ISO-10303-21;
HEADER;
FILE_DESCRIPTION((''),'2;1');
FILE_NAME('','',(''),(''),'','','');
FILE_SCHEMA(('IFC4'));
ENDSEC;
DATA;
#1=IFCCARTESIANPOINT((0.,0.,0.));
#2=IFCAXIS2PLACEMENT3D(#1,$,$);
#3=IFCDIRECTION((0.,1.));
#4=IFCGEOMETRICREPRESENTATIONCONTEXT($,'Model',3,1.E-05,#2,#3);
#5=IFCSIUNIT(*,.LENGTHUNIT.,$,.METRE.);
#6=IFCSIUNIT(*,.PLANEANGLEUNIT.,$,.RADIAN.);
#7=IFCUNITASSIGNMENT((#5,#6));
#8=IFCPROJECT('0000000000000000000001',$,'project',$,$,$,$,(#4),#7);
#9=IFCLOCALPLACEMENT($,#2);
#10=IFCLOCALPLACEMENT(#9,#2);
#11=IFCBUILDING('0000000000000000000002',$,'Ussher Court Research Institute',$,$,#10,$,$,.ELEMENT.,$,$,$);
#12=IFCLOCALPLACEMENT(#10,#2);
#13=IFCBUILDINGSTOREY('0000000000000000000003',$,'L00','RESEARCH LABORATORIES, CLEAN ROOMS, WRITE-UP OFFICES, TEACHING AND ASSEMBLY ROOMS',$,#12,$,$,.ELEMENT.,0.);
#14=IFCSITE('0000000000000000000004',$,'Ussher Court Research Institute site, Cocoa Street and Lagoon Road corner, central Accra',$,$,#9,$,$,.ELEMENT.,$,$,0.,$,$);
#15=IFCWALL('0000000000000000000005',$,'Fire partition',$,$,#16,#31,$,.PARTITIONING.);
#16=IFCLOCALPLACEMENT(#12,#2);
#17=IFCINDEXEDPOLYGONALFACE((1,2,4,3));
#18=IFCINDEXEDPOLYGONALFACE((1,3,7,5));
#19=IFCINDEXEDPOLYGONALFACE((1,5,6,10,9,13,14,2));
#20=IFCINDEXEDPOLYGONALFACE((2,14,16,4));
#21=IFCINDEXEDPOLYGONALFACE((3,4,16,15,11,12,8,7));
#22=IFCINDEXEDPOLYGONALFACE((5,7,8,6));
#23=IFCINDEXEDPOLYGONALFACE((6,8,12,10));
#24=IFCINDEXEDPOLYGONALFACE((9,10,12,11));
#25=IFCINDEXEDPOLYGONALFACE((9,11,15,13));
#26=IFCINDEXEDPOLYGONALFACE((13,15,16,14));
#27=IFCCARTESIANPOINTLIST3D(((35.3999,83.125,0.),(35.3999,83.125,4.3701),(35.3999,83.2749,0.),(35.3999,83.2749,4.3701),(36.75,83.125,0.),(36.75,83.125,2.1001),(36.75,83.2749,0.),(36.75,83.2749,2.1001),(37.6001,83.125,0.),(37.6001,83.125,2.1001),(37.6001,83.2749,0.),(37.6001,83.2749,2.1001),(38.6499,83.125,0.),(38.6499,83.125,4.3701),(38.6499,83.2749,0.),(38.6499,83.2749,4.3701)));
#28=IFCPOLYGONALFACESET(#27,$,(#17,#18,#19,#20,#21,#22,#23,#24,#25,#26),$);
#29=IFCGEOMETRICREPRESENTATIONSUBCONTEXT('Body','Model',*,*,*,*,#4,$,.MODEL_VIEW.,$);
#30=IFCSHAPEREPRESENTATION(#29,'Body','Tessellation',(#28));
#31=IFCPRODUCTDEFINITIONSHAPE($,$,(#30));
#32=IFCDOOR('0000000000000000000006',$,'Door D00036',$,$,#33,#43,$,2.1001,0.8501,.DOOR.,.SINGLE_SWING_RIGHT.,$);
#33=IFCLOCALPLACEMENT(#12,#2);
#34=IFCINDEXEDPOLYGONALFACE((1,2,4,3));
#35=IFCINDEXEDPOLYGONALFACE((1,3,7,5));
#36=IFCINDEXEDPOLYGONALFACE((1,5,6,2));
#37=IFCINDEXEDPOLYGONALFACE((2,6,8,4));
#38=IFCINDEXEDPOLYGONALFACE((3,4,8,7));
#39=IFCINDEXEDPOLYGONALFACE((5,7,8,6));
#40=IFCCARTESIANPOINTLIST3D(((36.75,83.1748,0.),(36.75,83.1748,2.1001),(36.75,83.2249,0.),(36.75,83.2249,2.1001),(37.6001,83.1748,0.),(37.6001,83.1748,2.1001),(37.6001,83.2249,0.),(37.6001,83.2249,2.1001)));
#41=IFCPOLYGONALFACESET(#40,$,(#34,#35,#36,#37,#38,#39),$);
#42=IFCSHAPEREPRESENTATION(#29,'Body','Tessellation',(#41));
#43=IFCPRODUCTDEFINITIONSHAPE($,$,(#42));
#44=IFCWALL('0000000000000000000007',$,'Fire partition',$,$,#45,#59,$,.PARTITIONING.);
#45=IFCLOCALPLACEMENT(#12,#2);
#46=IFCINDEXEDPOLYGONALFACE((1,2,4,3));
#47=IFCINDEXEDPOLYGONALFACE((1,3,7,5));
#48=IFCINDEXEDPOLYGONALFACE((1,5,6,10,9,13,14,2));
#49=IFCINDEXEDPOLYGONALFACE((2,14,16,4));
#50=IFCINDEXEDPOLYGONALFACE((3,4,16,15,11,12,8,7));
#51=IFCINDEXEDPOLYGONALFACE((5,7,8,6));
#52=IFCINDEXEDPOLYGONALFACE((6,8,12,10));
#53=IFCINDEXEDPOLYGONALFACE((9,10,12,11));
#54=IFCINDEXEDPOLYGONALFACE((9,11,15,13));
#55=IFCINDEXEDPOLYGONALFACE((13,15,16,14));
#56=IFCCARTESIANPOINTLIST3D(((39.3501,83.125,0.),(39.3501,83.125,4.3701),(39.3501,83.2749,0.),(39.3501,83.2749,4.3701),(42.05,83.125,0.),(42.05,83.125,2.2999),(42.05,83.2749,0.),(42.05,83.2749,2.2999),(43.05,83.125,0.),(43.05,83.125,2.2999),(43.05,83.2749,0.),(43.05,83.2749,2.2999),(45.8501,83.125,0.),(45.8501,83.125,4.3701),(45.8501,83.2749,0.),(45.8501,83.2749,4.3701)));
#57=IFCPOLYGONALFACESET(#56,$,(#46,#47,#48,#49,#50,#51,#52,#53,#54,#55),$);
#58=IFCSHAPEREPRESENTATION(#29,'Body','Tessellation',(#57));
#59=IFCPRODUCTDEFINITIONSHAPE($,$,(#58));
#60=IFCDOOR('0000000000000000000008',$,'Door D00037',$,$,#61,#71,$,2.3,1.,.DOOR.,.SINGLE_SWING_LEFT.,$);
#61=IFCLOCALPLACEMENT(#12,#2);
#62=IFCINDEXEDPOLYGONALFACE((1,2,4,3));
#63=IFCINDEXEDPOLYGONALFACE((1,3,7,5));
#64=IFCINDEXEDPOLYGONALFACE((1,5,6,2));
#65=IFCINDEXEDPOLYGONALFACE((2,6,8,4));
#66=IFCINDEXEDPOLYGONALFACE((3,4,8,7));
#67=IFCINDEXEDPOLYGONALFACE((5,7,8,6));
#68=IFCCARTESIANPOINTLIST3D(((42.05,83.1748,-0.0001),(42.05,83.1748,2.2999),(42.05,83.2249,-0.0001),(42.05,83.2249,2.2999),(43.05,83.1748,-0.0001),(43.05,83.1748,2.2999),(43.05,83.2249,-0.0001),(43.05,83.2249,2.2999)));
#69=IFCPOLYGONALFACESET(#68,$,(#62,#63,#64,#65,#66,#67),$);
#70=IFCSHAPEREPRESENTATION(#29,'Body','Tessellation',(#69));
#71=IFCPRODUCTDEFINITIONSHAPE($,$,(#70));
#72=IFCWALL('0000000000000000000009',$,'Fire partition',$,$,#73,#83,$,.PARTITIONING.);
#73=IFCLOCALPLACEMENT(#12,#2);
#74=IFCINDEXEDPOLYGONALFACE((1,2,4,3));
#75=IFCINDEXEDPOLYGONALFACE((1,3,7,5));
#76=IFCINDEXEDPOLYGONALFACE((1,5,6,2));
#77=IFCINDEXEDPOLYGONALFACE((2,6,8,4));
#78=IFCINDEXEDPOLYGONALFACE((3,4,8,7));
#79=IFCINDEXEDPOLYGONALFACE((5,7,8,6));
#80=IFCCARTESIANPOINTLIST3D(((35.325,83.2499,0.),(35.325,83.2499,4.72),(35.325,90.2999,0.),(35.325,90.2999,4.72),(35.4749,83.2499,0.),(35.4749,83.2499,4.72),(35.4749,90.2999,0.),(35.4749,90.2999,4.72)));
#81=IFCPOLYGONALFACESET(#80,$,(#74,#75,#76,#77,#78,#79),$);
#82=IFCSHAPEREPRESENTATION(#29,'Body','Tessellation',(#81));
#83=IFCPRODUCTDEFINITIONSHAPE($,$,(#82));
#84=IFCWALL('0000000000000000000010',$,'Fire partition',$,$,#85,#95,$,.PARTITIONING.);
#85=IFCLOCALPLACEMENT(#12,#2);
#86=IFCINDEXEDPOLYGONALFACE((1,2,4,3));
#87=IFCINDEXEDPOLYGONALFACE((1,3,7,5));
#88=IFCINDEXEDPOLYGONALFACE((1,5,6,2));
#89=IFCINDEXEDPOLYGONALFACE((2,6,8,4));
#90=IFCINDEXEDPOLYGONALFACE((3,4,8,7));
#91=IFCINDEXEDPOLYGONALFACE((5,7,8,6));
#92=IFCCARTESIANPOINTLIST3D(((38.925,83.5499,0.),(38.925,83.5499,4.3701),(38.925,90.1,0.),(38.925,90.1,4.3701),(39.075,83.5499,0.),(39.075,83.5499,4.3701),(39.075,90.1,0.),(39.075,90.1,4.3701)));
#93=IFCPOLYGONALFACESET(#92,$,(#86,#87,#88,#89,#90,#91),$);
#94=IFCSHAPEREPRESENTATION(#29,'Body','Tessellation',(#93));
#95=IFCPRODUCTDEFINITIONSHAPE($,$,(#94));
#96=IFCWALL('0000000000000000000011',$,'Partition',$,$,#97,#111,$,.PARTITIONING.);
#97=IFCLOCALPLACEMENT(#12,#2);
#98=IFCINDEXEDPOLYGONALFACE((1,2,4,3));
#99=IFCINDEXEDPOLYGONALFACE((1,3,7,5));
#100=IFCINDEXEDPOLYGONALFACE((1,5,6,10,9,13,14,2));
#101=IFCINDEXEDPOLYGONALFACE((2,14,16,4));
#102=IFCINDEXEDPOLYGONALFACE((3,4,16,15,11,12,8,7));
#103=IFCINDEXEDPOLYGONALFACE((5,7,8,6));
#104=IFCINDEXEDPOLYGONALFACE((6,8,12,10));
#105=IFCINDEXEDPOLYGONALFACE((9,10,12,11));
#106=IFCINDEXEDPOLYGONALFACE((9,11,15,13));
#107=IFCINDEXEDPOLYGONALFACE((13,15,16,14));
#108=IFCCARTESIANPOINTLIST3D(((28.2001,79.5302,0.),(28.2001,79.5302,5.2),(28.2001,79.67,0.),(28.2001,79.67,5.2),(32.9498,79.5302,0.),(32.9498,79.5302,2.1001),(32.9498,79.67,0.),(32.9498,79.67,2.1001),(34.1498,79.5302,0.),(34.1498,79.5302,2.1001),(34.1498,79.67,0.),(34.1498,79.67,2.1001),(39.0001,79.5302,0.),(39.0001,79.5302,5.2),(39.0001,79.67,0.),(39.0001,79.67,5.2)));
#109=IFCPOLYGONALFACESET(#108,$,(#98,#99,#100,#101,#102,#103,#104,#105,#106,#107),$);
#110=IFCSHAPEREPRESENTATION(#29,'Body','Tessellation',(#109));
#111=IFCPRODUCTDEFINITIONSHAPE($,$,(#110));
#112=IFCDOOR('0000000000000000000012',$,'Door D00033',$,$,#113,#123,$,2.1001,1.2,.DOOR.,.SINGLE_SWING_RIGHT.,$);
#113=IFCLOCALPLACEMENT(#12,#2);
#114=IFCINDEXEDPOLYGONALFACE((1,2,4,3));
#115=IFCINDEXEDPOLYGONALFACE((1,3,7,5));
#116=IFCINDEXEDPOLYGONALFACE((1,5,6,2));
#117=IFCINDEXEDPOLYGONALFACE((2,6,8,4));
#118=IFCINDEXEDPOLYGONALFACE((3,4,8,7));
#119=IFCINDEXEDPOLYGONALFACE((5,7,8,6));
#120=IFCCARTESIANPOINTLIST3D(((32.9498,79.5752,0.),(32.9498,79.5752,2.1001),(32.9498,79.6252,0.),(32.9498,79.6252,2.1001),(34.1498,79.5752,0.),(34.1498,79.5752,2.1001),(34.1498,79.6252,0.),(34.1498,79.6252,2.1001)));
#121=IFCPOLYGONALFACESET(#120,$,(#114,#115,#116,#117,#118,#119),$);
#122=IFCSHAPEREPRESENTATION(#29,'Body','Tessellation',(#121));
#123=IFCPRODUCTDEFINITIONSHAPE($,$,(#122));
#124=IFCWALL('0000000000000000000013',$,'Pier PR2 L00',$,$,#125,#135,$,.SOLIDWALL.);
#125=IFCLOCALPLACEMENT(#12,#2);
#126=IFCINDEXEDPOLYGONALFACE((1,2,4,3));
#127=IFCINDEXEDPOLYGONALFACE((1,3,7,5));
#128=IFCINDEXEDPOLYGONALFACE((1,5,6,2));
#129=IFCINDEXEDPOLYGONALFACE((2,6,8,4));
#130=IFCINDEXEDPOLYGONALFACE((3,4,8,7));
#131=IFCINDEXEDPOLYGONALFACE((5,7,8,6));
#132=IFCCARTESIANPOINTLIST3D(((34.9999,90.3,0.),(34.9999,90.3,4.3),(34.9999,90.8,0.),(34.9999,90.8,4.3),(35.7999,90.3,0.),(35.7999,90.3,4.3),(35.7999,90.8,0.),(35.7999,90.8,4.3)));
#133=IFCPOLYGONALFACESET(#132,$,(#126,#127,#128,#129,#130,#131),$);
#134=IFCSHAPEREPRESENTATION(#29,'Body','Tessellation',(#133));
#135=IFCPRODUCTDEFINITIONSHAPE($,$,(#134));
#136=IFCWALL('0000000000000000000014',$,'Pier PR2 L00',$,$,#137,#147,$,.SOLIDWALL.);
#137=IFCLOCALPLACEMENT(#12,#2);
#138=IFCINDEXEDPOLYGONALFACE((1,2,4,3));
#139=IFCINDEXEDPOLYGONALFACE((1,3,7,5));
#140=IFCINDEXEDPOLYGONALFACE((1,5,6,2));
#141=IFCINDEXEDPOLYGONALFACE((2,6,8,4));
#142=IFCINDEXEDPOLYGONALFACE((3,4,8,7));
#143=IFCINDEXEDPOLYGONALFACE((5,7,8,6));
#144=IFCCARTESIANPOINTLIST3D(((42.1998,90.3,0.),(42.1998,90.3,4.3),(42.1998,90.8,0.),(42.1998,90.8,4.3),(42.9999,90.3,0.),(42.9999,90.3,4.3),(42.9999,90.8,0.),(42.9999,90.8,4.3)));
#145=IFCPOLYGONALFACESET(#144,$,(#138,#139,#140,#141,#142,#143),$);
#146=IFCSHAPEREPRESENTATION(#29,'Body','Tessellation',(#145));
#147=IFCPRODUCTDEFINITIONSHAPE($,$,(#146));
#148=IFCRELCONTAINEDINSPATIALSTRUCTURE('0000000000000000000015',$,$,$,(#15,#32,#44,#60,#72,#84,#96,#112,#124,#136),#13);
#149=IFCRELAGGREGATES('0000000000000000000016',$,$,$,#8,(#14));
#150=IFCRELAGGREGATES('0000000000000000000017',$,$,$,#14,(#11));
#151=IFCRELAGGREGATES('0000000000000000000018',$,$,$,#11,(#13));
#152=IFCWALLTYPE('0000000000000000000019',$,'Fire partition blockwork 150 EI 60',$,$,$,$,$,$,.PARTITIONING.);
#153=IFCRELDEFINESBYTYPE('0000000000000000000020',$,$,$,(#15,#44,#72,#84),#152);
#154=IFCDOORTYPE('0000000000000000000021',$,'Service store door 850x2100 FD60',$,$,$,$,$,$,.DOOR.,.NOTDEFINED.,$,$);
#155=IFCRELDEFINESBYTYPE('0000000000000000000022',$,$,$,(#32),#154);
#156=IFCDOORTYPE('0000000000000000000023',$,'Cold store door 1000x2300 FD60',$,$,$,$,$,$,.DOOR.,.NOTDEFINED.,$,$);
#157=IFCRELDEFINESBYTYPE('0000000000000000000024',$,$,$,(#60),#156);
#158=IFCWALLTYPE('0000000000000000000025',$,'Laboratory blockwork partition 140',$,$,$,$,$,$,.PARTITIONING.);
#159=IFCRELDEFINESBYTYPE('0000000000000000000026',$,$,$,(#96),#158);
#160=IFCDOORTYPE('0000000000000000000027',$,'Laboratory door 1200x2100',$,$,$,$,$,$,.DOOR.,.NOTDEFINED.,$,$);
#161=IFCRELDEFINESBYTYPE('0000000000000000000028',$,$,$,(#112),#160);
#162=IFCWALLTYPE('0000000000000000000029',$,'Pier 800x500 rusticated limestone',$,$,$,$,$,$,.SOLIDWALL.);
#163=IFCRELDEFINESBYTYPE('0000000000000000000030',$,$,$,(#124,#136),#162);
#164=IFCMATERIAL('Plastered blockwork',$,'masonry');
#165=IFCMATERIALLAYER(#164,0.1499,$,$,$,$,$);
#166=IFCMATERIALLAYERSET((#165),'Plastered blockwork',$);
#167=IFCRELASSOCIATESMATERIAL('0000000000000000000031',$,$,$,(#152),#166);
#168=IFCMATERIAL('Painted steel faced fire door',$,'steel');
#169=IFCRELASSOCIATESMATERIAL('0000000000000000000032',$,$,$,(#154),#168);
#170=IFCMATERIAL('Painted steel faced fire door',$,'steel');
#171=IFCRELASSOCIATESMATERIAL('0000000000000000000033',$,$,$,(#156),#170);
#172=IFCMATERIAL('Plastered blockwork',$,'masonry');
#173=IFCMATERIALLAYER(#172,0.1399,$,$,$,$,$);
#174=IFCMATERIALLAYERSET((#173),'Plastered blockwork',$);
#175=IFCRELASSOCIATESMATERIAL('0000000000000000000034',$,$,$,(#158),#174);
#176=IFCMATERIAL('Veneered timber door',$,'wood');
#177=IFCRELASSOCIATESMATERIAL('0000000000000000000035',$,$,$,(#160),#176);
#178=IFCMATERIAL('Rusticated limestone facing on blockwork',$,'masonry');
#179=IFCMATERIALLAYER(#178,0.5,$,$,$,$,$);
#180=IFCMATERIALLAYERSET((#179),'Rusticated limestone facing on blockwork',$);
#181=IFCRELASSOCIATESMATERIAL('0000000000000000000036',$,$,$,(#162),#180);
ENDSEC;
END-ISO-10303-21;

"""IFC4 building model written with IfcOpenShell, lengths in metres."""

from ifc_helpers import new_model, si_unit, direction, frame, frame_2d, origin, place, context, subcontext, project, spatial, rectangle, extrude, material, layer, layer_set, type_object, element, fill, save


model = new_model("IFC4")

# Units and contexts
model_context = context("Model", 3, precision=1e-05, world=origin(), true_north=direction((0.0, 1.0)))
body_context = subcontext(model_context, "Body", "Model", "MODEL_VIEW")
ifc_project = project(units=[si_unit("LENGTHUNIT", "METRE"), si_unit("PLANEANGLEUNIT", "RADIAN")], contexts=[model_context])

# Site, building, storey
site_placement = place(None, origin())
site = spatial("IfcSite", under=ifc_project, at=site_placement, Name="Ussher Court Research Institute site, Cocoa Street and Lagoon Road corner, central Accra", CompositionType="ELEMENT", RefElevation=0.0)
building_placement = place(site_placement, origin())
building = spatial("IfcBuilding", under=site, at=building_placement, Name="Ussher Court Research Institute", CompositionType="ELEMENT")
storey_placement = place(building_placement, origin())
storey = spatial("IfcBuildingStorey", under=building, at=storey_placement, Name="L00", Description="RESEARCH LABORATORIES, CLEAN ROOMS, WRITE-UP OFFICES, TEACHING AND ASSEMBLY ROOMS", CompositionType="ELEMENT", Elevation=0.0)

# Walls, openings, doors
ifc_material_1 = material(Name="Plastered blockwork", Category="masonry")
ifc_layer_1 = layer(ifc_material_1, 0.1499)
ifc_layer_set_1 = layer_set([ifc_layer_1], Name="Plastered blockwork")
wall_type_1 = type_object("IfcWallType", Name="Fire partition blockwork 150 EI 60", PredefinedType="PARTITIONING", material=ifc_layer_set_1)
wall_1_placement = place(storey_placement, frame((35.3999, 83.2, 0.0), z_axis=(0.0, 0.0, 1.0), x_axis=(1.0, 0.0, 0.0)))
wall_1 = element("IfcWall", 1, at=wall_1_placement, inside=storey, type_object=wall_type_1, Name="Fire partition", PredefinedType="PARTITIONING", context=body_context, shape_type="SweptSolid", body=[
    extrude(rectangle(XDim=3.25, YDim=0.1499, at=frame_2d((1.625, 0.0))), origin(), (0.0, 0.0, 1.0), 4.3701),
])
opening_1_placement = place(wall_1_placement, frame((1.3501, 0.0, 0.0)))
opening_1 = element("IfcOpeningElement", 2, at=opening_1_placement, cuts=wall_1, PredefinedType="OPENING", context=body_context, shape_type="SweptSolid", body=[
    extrude(rectangle(XDim=0.8501, YDim=2.1001, at=frame_2d((0.425, 1.05))), frame((0.0, 0.085, 0.0), z_axis=(0.0, -1.0, 0.0), x_axis=(1.0, 0.0, 0.0)), (0.0, 0.0, 1.0), 0.1699),
])
ifc_material_2 = material(Name="Painted steel faced fire door", Category="steel")
door_type_1 = type_object("IfcDoorType", Name="Service store door 850x2100 FD60", OperationType="NOTDEFINED", PredefinedType="DOOR", material=ifc_material_2)
door_1_placement = place(opening_1_placement, origin())
door_1 = element("IfcDoor", 3, at=door_1_placement, inside=storey, type_object=door_type_1, Name="Door D00036", OperationType="SINGLE_SWING_RIGHT", OverallHeight=2.1001, OverallWidth=0.8501, PredefinedType="DOOR", context=body_context, shape_type="SweptSolid", body=[
    extrude(rectangle(XDim=0.8501, YDim=2.1001, at=frame_2d((0.425, 1.05))), frame((0.0, 0.0249, 0.0), z_axis=(0.0, -1.0, 0.0), x_axis=(1.0, 0.0, 0.0)), (0.0, 0.0, 1.0), 0.05),
])
fill(opening_1, door_1)
wall_2_placement = place(storey_placement, frame((39.3501, 83.2, 0.0), z_axis=(0.0, 0.0, 1.0), x_axis=(1.0, 0.0, 0.0)))
wall_2 = element("IfcWall", 4, at=wall_2_placement, inside=storey, type_object=wall_type_1, Name="Fire partition", PredefinedType="PARTITIONING", context=body_context, shape_type="SweptSolid", body=[
    extrude(rectangle(XDim=6.5, YDim=0.1499, at=frame_2d((3.25, 0.0))), origin(), (0.0, 0.0, 1.0), 4.3701),
])
opening_2_placement = place(wall_2_placement, frame((2.7, 0.0, 0.0)))
opening_2 = element("IfcOpeningElement", 5, at=opening_2_placement, cuts=wall_2, PredefinedType="OPENING", context=body_context, shape_type="SweptSolid", body=[
    extrude(rectangle(XDim=1.0, YDim=2.3, at=frame_2d((0.5, 1.1499))), frame((0.0, 0.085, 0.0), z_axis=(0.0, -1.0, 0.0), x_axis=(1.0, 0.0, 0.0)), (0.0, 0.0, 1.0), 0.1699),
])
ifc_material_3 = material(Name="Painted steel faced fire door", Category="steel")
door_type_2 = type_object("IfcDoorType", Name="Cold store door 1000x2300 FD60", OperationType="NOTDEFINED", PredefinedType="DOOR", material=ifc_material_3)
door_2_placement = place(opening_2_placement, origin())
door_2 = element("IfcDoor", 6, at=door_2_placement, inside=storey, type_object=door_type_2, Name="Door D00037", OperationType="SINGLE_SWING_LEFT", OverallHeight=2.3, OverallWidth=1.0, PredefinedType="DOOR", context=body_context, shape_type="SweptSolid", body=[
    extrude(rectangle(XDim=1.0, YDim=2.3, at=frame_2d((0.5, 1.1499))), frame((0.0, 0.0249, 0.0), z_axis=(0.0, -1.0, 0.0), x_axis=(1.0, 0.0, 0.0)), (0.0, 0.0, 1.0), 0.05),
])
fill(opening_2, door_2)

# Walls
wall_3_placement = place(storey_placement, frame((35.3999, 83.25, 0.0), z_axis=(0.0, 0.0, 1.0), x_axis=(0.0, 1.0, 0.0)))
element("IfcWall", 7, at=wall_3_placement, inside=storey, type_object=wall_type_1, Name="Fire partition", PredefinedType="PARTITIONING", context=body_context, shape_type="SweptSolid", body=[
    extrude(rectangle(XDim=7.05, YDim=0.1499, at=frame_2d((3.5249, 0.0))), origin(), (0.0, 0.0, 1.0), 4.72),
])
wall_4_placement = place(storey_placement, frame((39.0, 83.55, 0.0), z_axis=(0.0, 0.0, 1.0), x_axis=(0.0, 1.0, 0.0)))
element("IfcWall", 8, at=wall_4_placement, inside=storey, type_object=wall_type_1, Name="Fire partition", PredefinedType="PARTITIONING", context=body_context, shape_type="SweptSolid", body=[
    extrude(rectangle(XDim=6.55, YDim=0.1499, at=frame_2d((3.2749, 0.0))), origin(), (0.0, 0.0, 1.0), 4.3701),
])

# Wall, opening, door
ifc_material_4 = material(Name="Plastered blockwork", Category="masonry")
ifc_layer_2 = layer(ifc_material_4, 0.1399)
ifc_layer_set_2 = layer_set([ifc_layer_2], Name="Plastered blockwork")
wall_type_2 = type_object("IfcWallType", Name="Laboratory blockwork partition 140", PredefinedType="PARTITIONING", material=ifc_layer_set_2)
wall_5_placement = place(storey_placement, frame((39.0, 79.6001, 0.0), z_axis=(0.0, 0.0, 1.0), x_axis=(-1.0, 0.0, 0.0)))
wall_5 = element("IfcWall", 9, at=wall_5_placement, inside=storey, type_object=wall_type_2, Name="Partition", PredefinedType="PARTITIONING", context=body_context, shape_type="SweptSolid", body=[
    extrude(rectangle(XDim=10.8, YDim=0.1399, at=frame_2d((5.3999, 0.0))), origin(), (0.0, 0.0, 1.0), 5.2),
])
opening_3_placement = place(wall_5_placement, frame((4.8501, 0.0, 0.0)))
opening_3 = element("IfcOpeningElement", 10, at=opening_3_placement, cuts=wall_5, PredefinedType="OPENING", context=body_context, shape_type="SweptSolid", body=[
    extrude(rectangle(XDim=1.2, YDim=2.1001, at=frame_2d((0.6001, 1.05))), frame((0.0, 0.0801, 0.0), z_axis=(0.0, -1.0, 0.0), x_axis=(1.0, 0.0, 0.0)), (0.0, 0.0, 1.0), 0.1599),
])
ifc_material_5 = material(Name="Veneered timber door", Category="wood")
door_type_3 = type_object("IfcDoorType", Name="Laboratory door 1200x2100", OperationType="NOTDEFINED", PredefinedType="DOOR", material=ifc_material_5)
door_3_placement = place(opening_3_placement, origin())
door_3 = element("IfcDoor", 11, at=door_3_placement, inside=storey, type_object=door_type_3, Name="Door D00033", OperationType="SINGLE_SWING_RIGHT", OverallHeight=2.1001, OverallWidth=1.2, PredefinedType="DOOR", context=body_context, shape_type="SweptSolid", body=[
    extrude(rectangle(XDim=1.2, YDim=2.1001, at=frame_2d((0.6001, 1.05))), frame((0.0, 0.0249, 0.0), z_axis=(0.0, -1.0, 0.0), x_axis=(1.0, 0.0, 0.0)), (0.0, 0.0, 1.0), 0.05),
])
fill(opening_3, door_3)

# Walls
ifc_material_6 = material(Name="Rusticated limestone facing on blockwork", Category="masonry")
ifc_layer_3 = layer(ifc_material_6, 0.5)
ifc_layer_set_3 = layer_set([ifc_layer_3], Name="Rusticated limestone facing on blockwork")
wall_type_3 = type_object("IfcWallType", Name="Pier 800x500 rusticated limestone", PredefinedType="SOLIDWALL", material=ifc_layer_set_3)
for number, where, z_axis, x_axis, name in (
    (12, (35.0, 90.55, 0.0), (0.0, 0.0, 1.0), (1.0, 0.0, 0.0), "Pier PR2 L00"),
    (13, (42.2, 90.55, 0.0), (0.0, 0.0, 1.0), (1.0, 0.0, 0.0), "Pier PR2 L00"),
):
    element("IfcWall", number, at=place(storey_placement, frame(where, z_axis=z_axis, x_axis=x_axis)), inside=storey, type_object=wall_type_3, Name=name, PredefinedType="SOLIDWALL", context=body_context, shape_type="SweptSolid", body=[
        extrude(rectangle(XDim=0.8, YDim=0.5, at=frame_2d((0.3999, 0.0))), origin(), (0.0, 0.0, 1.0), 4.3),
    ])

save(model, "model.ifc")
